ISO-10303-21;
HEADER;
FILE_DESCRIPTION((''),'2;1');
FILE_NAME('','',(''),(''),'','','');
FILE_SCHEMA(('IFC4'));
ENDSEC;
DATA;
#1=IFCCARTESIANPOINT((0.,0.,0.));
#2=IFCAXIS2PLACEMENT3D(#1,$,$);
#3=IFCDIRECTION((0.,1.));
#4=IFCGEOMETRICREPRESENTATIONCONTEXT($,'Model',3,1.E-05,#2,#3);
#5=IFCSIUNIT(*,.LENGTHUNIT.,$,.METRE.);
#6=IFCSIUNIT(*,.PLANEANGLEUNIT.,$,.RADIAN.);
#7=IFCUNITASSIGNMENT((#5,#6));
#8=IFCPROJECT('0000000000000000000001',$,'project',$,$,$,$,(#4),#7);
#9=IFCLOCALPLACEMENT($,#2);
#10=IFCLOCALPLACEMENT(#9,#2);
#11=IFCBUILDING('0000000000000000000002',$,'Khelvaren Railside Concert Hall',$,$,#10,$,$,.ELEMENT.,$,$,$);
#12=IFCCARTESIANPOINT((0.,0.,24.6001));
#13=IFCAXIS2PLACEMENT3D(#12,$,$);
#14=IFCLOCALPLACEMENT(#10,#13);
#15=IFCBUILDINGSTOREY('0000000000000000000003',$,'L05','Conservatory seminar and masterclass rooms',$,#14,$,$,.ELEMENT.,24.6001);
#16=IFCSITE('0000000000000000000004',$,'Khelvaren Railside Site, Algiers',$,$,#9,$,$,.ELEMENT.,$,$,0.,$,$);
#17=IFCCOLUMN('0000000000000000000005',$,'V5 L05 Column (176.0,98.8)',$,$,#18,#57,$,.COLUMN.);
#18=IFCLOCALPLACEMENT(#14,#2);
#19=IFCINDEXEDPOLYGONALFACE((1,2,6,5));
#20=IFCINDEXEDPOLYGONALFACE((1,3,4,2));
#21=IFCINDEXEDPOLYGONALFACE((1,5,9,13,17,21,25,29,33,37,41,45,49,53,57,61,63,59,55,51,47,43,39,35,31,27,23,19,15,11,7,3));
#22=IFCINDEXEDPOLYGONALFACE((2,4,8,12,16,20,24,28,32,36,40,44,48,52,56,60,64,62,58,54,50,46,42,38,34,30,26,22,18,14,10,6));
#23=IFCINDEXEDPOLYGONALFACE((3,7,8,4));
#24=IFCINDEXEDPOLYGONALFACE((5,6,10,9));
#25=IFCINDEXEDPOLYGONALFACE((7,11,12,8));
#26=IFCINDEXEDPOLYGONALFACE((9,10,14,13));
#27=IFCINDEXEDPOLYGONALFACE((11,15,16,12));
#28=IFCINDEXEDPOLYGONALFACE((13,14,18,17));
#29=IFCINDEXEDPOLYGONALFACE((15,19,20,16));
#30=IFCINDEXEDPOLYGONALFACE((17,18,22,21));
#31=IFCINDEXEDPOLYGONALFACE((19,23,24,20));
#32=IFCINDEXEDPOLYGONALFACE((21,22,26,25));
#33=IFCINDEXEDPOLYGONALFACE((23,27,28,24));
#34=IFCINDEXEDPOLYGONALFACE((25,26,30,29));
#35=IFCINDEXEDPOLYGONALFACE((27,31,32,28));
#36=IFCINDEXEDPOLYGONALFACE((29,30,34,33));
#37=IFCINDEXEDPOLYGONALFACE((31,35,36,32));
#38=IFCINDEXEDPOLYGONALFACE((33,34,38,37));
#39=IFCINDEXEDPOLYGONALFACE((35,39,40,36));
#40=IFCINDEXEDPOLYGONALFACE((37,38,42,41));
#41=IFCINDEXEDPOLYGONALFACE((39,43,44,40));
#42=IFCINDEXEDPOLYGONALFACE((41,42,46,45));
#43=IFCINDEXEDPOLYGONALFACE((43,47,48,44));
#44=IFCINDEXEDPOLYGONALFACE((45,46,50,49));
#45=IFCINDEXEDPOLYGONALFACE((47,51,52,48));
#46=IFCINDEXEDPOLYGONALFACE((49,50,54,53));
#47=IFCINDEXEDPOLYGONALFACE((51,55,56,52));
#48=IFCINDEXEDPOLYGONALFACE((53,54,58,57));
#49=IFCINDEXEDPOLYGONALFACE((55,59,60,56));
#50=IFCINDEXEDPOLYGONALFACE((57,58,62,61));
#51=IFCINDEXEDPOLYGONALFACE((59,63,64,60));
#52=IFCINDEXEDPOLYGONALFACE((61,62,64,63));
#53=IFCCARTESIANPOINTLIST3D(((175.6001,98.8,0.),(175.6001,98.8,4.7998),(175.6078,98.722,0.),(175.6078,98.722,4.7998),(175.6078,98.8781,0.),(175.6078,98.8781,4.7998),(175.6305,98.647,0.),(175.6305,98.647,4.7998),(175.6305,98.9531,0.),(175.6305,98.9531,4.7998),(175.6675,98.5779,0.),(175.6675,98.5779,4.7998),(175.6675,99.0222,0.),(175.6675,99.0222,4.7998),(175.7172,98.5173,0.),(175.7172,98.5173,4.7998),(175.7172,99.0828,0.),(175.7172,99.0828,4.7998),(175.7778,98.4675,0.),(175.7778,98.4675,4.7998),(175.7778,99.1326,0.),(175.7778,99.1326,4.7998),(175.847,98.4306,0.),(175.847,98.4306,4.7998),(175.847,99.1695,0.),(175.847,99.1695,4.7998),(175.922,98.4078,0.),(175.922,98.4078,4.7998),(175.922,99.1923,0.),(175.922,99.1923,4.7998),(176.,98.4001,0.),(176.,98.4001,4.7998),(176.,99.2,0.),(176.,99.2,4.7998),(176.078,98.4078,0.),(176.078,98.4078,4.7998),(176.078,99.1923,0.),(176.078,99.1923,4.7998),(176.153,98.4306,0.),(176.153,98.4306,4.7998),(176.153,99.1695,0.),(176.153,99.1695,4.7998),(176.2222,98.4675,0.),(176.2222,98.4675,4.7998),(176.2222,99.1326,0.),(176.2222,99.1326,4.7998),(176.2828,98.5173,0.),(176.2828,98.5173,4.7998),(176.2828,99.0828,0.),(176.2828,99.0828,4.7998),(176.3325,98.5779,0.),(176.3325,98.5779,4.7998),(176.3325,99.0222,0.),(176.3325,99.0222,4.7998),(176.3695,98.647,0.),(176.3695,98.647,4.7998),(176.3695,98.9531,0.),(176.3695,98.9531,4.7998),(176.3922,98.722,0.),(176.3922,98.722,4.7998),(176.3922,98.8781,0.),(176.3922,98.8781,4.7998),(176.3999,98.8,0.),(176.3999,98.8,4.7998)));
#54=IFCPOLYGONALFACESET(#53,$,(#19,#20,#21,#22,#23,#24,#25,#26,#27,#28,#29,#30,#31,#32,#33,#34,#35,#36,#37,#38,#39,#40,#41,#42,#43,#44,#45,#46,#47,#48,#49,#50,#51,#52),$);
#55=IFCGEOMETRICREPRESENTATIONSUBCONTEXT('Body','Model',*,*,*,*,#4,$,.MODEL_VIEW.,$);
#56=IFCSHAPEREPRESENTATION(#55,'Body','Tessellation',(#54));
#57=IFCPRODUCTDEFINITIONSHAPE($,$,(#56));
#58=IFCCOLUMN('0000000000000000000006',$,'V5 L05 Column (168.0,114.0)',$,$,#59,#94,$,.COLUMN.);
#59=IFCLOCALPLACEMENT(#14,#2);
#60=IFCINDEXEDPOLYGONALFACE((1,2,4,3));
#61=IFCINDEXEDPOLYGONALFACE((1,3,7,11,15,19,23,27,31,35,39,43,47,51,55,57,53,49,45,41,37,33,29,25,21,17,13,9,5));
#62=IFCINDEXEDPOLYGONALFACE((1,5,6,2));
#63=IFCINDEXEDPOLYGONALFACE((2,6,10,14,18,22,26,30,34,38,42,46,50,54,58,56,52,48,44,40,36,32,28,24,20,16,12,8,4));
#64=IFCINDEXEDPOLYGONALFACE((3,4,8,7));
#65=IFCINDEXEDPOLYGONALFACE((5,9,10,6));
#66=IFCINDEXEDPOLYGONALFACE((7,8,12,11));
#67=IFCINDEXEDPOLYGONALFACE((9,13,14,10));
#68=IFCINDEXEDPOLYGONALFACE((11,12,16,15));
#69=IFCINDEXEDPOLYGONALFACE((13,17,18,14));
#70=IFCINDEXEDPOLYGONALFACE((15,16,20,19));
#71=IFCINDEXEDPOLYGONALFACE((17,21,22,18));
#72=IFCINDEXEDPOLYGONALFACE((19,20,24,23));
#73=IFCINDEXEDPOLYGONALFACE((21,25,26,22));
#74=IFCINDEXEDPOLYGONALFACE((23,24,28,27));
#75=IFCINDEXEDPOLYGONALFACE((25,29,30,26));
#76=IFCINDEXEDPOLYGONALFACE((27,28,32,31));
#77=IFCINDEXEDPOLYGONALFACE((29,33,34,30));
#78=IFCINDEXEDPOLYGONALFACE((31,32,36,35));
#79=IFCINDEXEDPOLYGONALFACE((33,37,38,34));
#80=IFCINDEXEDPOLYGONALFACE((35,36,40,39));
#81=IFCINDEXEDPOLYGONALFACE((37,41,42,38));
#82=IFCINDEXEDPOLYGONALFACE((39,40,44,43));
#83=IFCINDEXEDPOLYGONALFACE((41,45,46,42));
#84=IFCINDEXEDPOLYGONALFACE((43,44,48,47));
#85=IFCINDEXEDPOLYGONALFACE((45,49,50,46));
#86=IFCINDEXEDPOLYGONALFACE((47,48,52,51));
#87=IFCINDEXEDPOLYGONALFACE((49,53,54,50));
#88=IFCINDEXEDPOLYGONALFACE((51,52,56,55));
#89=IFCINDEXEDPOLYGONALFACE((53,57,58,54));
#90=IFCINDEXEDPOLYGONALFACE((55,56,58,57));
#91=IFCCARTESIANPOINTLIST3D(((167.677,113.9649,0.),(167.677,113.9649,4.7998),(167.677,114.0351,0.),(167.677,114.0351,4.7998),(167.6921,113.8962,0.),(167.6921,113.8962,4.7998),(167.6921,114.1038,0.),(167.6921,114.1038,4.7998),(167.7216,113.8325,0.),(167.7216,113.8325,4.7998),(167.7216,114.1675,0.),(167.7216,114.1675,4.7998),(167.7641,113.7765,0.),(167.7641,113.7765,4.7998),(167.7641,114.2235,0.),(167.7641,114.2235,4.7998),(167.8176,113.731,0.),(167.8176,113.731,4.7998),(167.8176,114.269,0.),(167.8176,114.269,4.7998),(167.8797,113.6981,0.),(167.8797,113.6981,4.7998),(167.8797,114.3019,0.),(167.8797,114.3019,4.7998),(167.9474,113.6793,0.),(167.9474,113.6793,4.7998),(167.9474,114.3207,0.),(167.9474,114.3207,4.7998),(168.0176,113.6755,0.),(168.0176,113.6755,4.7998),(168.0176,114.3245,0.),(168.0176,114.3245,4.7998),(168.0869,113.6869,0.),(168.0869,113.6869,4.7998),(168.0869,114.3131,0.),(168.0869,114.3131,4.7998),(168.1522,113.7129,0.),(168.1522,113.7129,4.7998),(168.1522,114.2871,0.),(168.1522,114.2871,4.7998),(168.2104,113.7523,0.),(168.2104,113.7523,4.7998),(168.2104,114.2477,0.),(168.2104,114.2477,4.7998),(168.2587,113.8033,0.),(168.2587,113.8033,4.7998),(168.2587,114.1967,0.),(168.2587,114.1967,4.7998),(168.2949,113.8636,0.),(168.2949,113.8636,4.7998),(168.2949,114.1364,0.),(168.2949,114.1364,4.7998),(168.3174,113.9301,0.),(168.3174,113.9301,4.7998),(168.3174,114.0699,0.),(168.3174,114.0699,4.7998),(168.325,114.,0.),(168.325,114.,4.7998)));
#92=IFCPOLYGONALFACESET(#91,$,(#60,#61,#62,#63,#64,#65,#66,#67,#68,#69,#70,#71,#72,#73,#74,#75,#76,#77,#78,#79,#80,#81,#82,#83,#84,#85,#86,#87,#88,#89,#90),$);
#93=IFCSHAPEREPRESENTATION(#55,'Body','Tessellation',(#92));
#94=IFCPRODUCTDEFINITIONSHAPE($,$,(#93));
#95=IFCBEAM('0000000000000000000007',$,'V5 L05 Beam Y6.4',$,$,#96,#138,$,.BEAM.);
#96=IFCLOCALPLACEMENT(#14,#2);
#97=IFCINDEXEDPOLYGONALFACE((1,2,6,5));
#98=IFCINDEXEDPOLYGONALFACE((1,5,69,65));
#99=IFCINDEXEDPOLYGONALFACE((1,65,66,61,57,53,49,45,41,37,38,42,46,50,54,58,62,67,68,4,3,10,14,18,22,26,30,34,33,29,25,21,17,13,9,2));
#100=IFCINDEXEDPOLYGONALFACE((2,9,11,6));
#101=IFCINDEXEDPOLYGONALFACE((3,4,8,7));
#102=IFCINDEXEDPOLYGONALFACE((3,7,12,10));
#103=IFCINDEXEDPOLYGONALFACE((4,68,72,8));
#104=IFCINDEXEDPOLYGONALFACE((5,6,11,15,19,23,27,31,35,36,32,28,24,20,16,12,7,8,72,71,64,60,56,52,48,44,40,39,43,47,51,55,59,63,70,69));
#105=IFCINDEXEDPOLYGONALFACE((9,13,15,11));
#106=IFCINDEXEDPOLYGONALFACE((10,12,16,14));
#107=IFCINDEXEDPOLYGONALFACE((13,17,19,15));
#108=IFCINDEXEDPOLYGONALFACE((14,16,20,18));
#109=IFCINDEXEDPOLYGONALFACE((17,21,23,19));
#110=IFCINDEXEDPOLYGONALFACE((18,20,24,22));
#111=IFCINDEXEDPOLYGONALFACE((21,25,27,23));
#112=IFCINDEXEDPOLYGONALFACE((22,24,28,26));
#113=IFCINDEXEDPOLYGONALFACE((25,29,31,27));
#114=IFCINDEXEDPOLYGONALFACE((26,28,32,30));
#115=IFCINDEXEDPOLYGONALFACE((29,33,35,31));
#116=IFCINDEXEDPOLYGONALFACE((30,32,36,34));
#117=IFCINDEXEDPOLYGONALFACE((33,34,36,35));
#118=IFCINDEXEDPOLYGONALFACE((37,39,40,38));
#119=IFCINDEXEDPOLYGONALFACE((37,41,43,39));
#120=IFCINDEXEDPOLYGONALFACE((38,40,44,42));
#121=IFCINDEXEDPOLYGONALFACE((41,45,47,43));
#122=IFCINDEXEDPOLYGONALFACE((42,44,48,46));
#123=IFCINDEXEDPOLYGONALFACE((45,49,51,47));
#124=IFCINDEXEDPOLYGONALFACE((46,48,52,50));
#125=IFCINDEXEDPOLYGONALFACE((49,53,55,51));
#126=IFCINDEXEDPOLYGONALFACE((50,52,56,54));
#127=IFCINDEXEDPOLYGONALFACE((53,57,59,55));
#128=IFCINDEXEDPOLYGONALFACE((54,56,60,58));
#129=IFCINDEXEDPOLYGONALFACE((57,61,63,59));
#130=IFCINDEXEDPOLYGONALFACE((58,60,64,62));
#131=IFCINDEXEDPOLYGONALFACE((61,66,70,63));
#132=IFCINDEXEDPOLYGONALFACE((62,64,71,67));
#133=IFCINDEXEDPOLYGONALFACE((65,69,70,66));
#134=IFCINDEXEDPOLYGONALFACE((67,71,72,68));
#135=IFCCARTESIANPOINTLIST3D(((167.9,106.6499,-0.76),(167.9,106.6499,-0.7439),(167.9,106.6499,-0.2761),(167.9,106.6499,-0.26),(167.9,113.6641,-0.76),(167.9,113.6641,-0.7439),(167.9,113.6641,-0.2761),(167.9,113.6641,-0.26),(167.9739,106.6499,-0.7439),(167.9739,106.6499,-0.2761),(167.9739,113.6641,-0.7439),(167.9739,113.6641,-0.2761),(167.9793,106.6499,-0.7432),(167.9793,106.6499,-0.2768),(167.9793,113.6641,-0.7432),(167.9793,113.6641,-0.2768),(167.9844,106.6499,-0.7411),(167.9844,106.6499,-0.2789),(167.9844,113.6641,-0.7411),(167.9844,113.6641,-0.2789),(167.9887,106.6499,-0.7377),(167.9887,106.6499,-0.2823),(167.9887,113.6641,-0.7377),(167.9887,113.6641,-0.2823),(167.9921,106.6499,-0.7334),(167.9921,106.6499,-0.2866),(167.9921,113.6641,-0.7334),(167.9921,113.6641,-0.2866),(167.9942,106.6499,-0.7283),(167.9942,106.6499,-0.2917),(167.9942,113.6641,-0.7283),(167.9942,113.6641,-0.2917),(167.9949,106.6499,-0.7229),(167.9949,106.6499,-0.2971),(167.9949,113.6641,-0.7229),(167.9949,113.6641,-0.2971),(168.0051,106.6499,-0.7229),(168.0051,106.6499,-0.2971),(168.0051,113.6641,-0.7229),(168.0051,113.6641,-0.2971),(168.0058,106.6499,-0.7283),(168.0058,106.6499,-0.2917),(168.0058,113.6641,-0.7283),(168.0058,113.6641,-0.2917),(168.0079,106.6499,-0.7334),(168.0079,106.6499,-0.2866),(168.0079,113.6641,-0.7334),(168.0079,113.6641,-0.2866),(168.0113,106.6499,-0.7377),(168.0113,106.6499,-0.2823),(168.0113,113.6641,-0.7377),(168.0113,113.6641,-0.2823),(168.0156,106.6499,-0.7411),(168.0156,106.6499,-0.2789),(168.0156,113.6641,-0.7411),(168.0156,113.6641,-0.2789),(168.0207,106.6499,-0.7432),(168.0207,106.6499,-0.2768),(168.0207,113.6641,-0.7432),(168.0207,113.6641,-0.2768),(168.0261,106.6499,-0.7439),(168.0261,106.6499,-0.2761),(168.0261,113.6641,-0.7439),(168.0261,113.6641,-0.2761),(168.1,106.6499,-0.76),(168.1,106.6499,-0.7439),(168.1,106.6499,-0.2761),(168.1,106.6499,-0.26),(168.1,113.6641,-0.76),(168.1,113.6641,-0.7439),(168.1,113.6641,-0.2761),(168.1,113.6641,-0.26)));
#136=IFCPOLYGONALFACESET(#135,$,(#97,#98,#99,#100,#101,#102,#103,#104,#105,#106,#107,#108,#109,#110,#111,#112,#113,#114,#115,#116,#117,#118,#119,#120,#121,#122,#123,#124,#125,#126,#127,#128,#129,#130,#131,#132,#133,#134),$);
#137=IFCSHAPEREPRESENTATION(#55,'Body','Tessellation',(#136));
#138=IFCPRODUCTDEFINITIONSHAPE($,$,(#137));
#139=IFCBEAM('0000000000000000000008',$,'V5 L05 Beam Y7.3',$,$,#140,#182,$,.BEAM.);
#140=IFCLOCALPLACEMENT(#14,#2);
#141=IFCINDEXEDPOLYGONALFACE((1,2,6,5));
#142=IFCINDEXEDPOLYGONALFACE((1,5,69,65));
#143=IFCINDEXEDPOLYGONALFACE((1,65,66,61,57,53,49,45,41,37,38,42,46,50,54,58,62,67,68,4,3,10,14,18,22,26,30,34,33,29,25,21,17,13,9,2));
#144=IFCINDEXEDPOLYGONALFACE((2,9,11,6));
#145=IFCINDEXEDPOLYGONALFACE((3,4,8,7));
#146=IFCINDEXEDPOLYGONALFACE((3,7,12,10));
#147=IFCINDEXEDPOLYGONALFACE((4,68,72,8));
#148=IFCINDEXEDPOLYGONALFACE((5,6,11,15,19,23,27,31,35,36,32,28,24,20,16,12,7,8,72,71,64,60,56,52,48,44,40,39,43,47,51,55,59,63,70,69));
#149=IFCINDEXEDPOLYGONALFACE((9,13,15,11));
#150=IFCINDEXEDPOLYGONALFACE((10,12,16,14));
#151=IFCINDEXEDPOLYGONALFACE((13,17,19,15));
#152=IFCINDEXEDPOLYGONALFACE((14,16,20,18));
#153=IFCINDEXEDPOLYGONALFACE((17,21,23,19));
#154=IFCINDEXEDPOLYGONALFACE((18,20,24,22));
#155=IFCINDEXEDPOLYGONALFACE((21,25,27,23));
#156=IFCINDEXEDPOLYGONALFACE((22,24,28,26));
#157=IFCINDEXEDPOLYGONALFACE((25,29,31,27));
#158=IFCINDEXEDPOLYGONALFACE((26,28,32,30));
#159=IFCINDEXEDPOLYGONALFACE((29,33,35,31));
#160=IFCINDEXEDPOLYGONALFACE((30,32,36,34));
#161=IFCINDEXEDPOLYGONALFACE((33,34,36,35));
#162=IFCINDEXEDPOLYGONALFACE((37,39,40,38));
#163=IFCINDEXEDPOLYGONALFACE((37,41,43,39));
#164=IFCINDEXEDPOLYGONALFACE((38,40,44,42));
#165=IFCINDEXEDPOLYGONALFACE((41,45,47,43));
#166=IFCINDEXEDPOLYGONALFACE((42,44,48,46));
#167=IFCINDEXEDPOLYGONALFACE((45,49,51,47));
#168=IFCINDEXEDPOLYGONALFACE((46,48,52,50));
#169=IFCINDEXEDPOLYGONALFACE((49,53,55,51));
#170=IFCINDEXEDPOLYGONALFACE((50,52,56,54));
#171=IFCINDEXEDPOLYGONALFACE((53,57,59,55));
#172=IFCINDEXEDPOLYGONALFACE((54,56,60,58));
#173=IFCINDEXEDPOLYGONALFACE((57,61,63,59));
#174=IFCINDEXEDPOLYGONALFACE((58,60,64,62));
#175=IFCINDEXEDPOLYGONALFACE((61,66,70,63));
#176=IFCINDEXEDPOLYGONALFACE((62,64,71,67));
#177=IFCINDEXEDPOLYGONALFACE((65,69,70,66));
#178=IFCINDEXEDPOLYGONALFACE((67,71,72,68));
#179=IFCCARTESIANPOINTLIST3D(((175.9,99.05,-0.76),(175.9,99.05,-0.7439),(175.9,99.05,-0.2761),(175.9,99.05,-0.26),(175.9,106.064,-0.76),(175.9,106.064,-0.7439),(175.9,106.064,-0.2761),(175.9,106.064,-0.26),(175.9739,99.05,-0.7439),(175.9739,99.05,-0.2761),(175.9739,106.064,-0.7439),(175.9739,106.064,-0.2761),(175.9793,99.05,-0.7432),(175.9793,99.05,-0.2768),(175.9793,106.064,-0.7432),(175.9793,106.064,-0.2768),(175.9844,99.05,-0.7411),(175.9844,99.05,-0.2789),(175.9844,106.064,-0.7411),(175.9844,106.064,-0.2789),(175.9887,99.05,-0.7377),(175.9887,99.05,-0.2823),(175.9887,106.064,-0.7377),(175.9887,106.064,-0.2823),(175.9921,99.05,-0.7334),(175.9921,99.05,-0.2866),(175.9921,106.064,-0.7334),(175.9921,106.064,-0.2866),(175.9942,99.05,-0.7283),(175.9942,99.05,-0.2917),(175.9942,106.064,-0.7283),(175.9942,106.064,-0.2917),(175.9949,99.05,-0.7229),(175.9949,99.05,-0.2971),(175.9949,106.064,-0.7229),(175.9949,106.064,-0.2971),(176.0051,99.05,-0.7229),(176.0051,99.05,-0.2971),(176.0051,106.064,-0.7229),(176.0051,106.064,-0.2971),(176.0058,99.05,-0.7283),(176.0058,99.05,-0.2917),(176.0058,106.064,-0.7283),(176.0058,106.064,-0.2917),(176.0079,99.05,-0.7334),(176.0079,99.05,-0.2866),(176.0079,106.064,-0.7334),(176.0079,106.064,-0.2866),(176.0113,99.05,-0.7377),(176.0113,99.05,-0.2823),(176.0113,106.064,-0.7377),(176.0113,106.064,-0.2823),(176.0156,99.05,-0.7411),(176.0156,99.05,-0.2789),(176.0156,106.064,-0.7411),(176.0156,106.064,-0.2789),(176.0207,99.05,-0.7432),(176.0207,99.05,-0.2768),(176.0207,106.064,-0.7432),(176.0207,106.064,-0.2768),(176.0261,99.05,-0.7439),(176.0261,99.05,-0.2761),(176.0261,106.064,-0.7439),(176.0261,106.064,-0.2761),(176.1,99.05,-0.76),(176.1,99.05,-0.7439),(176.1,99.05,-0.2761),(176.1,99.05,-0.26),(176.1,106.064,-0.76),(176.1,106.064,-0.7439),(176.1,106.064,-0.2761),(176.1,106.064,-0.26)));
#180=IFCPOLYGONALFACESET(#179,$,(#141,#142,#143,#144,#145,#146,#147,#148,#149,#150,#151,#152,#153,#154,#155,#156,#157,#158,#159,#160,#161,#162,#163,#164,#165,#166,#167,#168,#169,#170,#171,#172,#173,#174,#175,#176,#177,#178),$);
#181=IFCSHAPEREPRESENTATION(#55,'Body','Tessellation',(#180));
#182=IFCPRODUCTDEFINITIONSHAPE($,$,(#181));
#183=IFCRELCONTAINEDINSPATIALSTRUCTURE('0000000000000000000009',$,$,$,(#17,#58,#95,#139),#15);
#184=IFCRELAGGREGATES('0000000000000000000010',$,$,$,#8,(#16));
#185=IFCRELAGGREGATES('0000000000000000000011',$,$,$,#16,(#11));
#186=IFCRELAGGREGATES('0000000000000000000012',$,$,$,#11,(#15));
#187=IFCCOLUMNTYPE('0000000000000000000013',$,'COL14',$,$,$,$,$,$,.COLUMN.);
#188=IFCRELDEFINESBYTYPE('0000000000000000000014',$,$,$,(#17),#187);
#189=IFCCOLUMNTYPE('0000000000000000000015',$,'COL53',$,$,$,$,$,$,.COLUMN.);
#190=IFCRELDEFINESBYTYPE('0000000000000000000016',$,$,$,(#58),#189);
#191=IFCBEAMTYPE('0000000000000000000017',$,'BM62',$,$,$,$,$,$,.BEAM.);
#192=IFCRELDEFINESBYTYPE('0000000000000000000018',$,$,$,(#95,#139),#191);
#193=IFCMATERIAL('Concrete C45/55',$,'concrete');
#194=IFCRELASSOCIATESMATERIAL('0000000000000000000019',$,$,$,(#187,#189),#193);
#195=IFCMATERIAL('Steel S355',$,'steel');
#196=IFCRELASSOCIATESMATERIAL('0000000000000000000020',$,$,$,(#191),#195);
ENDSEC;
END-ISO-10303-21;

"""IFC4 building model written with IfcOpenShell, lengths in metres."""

from ifc_helpers import new_model, si_unit, direction, frame, origin, origin_2d, place, context, subcontext, project, spatial, circle, i_section, extrude, material, material_profile, profile_set, type_object, element, save


model = new_model("IFC4")

# Units and contexts
model_context = context("Model", 3, precision=1e-05, world=origin(), true_north=direction((0.0, 1.0)))
body_context = subcontext(model_context, "Body", "Model", "MODEL_VIEW")
ifc_project = project(units=[si_unit("LENGTHUNIT", "METRE"), si_unit("PLANEANGLEUNIT", "RADIAN")], contexts=[model_context])

# Site, building, storey
site_placement = place(None, origin())
site = spatial("IfcSite", under=ifc_project, at=site_placement, Name="Khelvaren Railside Site, Algiers", CompositionType="ELEMENT", RefElevation=0.0)
building_placement = place(site_placement, origin())
building = spatial("IfcBuilding", under=site, at=building_placement, Name="Khelvaren Railside Concert Hall", CompositionType="ELEMENT")
storey_placement = place(building_placement, frame((0.0, 0.0, 24.6001)))
storey = spatial("IfcBuildingStorey", under=building, at=storey_placement, Name="L05", Description="Conservatory seminar and masterclass rooms", CompositionType="ELEMENT", Elevation=24.6001)

# Columns
ifc_material_1 = material(Name="Concrete C45/55", Category="concrete")
ifc_material_profile_1 = material_profile(ifc_material_1, circle(Radius=0.3999, at=origin_2d()), Name="RC D800")
ifc_profile_set_1 = profile_set([ifc_material_profile_1], Name="Concrete C45/55")
column_type_1 = type_object("IfcColumnType", Name="COL14", PredefinedType="COLUMN", material=ifc_profile_set_1)
column_1_placement = place(storey_placement, frame((176.0, 98.8, 0.0), z_axis=(0.0, 0.0, 1.0), x_axis=(1.0, 0.0, 0.0)))
element("IfcColumn", 1, at=column_1_placement, inside=storey, type_object=column_type_1, Name="V5 L05 Column (176.0,98.8)", PredefinedType="COLUMN", context=body_context, shape_type="SweptSolid", body=[
    extrude(circle(Radius=0.3999, at=origin_2d()), origin(), (0.0, 0.0, 1.0), 4.7998),
])
ifc_material_profile_2 = material_profile(ifc_material_1, circle(Radius=0.325, at=origin_2d()), Name="RC D650")
ifc_profile_set_2 = profile_set([ifc_material_profile_2], Name="Concrete C45/55")
column_type_2 = type_object("IfcColumnType", Name="COL53", PredefinedType="COLUMN", material=ifc_profile_set_2)
column_2_placement = place(storey_placement, frame((168.0, 114.0, 0.0), z_axis=(0.0, 0.0, 1.0), x_axis=(1.0, 0.0, 0.0)))
element("IfcColumn", 2, at=column_2_placement, inside=storey, type_object=column_type_2, Name="V5 L05 Column (168.0,114.0)", PredefinedType="COLUMN", context=body_context, shape_type="SweptSolid", body=[
    extrude(circle(Radius=0.325, at=origin_2d()), origin(), (0.0, 0.0, 1.0), 4.7998),
])

# Beams
ifc_material_2 = material(Name="Steel S355", Category="steel")
ifc_material_profile_3 = material_profile(ifc_material_2, i_section(OverallWidth=0.2, OverallDepth=0.5, WebThickness=0.0103, FlangeThickness=0.0161, FilletRadius=0.021, at=origin_2d()), Name="IPE 500")
ifc_profile_set_3 = profile_set([ifc_material_profile_3], Name="Steel S355")
beam_type_1 = type_object("IfcBeamType", Name="BM62", PredefinedType="BEAM", material=ifc_profile_set_3)
beam_1_placement = place(storey_placement, frame((168.0, 106.6499, -0.51), z_axis=(0.0, 1.0, 0.0), x_axis=(-1.0, 0.0, 0.0)))
element("IfcBeam", 3, at=beam_1_placement, inside=storey, type_object=beam_type_1, Name="V5 L05 Beam Y6.4", PredefinedType="BEAM", context=body_context, shape_type="SweptSolid", body=[
    extrude(i_section(OverallWidth=0.2, OverallDepth=0.5, WebThickness=0.0103, FlangeThickness=0.0161, FilletRadius=0.021, at=origin_2d()), origin(), (0.0, 0.0, 1.0), 7.0142),
])
beam_2_placement = place(storey_placement, frame((176.0, 99.05, -0.51), z_axis=(0.0, 1.0, 0.0), x_axis=(-1.0, 0.0, 0.0)))
element("IfcBeam", 4, at=beam_2_placement, inside=storey, type_object=beam_type_1, Name="V5 L05 Beam Y7.3", PredefinedType="BEAM", context=body_context, shape_type="SweptSolid", body=[
    extrude(i_section(OverallWidth=0.2, OverallDepth=0.5, WebThickness=0.0103, FlangeThickness=0.0161, FilletRadius=0.021, at=origin_2d()), origin(), (0.0, 0.0, 1.0), 7.0139),
])

save(model, "model.ifc")
